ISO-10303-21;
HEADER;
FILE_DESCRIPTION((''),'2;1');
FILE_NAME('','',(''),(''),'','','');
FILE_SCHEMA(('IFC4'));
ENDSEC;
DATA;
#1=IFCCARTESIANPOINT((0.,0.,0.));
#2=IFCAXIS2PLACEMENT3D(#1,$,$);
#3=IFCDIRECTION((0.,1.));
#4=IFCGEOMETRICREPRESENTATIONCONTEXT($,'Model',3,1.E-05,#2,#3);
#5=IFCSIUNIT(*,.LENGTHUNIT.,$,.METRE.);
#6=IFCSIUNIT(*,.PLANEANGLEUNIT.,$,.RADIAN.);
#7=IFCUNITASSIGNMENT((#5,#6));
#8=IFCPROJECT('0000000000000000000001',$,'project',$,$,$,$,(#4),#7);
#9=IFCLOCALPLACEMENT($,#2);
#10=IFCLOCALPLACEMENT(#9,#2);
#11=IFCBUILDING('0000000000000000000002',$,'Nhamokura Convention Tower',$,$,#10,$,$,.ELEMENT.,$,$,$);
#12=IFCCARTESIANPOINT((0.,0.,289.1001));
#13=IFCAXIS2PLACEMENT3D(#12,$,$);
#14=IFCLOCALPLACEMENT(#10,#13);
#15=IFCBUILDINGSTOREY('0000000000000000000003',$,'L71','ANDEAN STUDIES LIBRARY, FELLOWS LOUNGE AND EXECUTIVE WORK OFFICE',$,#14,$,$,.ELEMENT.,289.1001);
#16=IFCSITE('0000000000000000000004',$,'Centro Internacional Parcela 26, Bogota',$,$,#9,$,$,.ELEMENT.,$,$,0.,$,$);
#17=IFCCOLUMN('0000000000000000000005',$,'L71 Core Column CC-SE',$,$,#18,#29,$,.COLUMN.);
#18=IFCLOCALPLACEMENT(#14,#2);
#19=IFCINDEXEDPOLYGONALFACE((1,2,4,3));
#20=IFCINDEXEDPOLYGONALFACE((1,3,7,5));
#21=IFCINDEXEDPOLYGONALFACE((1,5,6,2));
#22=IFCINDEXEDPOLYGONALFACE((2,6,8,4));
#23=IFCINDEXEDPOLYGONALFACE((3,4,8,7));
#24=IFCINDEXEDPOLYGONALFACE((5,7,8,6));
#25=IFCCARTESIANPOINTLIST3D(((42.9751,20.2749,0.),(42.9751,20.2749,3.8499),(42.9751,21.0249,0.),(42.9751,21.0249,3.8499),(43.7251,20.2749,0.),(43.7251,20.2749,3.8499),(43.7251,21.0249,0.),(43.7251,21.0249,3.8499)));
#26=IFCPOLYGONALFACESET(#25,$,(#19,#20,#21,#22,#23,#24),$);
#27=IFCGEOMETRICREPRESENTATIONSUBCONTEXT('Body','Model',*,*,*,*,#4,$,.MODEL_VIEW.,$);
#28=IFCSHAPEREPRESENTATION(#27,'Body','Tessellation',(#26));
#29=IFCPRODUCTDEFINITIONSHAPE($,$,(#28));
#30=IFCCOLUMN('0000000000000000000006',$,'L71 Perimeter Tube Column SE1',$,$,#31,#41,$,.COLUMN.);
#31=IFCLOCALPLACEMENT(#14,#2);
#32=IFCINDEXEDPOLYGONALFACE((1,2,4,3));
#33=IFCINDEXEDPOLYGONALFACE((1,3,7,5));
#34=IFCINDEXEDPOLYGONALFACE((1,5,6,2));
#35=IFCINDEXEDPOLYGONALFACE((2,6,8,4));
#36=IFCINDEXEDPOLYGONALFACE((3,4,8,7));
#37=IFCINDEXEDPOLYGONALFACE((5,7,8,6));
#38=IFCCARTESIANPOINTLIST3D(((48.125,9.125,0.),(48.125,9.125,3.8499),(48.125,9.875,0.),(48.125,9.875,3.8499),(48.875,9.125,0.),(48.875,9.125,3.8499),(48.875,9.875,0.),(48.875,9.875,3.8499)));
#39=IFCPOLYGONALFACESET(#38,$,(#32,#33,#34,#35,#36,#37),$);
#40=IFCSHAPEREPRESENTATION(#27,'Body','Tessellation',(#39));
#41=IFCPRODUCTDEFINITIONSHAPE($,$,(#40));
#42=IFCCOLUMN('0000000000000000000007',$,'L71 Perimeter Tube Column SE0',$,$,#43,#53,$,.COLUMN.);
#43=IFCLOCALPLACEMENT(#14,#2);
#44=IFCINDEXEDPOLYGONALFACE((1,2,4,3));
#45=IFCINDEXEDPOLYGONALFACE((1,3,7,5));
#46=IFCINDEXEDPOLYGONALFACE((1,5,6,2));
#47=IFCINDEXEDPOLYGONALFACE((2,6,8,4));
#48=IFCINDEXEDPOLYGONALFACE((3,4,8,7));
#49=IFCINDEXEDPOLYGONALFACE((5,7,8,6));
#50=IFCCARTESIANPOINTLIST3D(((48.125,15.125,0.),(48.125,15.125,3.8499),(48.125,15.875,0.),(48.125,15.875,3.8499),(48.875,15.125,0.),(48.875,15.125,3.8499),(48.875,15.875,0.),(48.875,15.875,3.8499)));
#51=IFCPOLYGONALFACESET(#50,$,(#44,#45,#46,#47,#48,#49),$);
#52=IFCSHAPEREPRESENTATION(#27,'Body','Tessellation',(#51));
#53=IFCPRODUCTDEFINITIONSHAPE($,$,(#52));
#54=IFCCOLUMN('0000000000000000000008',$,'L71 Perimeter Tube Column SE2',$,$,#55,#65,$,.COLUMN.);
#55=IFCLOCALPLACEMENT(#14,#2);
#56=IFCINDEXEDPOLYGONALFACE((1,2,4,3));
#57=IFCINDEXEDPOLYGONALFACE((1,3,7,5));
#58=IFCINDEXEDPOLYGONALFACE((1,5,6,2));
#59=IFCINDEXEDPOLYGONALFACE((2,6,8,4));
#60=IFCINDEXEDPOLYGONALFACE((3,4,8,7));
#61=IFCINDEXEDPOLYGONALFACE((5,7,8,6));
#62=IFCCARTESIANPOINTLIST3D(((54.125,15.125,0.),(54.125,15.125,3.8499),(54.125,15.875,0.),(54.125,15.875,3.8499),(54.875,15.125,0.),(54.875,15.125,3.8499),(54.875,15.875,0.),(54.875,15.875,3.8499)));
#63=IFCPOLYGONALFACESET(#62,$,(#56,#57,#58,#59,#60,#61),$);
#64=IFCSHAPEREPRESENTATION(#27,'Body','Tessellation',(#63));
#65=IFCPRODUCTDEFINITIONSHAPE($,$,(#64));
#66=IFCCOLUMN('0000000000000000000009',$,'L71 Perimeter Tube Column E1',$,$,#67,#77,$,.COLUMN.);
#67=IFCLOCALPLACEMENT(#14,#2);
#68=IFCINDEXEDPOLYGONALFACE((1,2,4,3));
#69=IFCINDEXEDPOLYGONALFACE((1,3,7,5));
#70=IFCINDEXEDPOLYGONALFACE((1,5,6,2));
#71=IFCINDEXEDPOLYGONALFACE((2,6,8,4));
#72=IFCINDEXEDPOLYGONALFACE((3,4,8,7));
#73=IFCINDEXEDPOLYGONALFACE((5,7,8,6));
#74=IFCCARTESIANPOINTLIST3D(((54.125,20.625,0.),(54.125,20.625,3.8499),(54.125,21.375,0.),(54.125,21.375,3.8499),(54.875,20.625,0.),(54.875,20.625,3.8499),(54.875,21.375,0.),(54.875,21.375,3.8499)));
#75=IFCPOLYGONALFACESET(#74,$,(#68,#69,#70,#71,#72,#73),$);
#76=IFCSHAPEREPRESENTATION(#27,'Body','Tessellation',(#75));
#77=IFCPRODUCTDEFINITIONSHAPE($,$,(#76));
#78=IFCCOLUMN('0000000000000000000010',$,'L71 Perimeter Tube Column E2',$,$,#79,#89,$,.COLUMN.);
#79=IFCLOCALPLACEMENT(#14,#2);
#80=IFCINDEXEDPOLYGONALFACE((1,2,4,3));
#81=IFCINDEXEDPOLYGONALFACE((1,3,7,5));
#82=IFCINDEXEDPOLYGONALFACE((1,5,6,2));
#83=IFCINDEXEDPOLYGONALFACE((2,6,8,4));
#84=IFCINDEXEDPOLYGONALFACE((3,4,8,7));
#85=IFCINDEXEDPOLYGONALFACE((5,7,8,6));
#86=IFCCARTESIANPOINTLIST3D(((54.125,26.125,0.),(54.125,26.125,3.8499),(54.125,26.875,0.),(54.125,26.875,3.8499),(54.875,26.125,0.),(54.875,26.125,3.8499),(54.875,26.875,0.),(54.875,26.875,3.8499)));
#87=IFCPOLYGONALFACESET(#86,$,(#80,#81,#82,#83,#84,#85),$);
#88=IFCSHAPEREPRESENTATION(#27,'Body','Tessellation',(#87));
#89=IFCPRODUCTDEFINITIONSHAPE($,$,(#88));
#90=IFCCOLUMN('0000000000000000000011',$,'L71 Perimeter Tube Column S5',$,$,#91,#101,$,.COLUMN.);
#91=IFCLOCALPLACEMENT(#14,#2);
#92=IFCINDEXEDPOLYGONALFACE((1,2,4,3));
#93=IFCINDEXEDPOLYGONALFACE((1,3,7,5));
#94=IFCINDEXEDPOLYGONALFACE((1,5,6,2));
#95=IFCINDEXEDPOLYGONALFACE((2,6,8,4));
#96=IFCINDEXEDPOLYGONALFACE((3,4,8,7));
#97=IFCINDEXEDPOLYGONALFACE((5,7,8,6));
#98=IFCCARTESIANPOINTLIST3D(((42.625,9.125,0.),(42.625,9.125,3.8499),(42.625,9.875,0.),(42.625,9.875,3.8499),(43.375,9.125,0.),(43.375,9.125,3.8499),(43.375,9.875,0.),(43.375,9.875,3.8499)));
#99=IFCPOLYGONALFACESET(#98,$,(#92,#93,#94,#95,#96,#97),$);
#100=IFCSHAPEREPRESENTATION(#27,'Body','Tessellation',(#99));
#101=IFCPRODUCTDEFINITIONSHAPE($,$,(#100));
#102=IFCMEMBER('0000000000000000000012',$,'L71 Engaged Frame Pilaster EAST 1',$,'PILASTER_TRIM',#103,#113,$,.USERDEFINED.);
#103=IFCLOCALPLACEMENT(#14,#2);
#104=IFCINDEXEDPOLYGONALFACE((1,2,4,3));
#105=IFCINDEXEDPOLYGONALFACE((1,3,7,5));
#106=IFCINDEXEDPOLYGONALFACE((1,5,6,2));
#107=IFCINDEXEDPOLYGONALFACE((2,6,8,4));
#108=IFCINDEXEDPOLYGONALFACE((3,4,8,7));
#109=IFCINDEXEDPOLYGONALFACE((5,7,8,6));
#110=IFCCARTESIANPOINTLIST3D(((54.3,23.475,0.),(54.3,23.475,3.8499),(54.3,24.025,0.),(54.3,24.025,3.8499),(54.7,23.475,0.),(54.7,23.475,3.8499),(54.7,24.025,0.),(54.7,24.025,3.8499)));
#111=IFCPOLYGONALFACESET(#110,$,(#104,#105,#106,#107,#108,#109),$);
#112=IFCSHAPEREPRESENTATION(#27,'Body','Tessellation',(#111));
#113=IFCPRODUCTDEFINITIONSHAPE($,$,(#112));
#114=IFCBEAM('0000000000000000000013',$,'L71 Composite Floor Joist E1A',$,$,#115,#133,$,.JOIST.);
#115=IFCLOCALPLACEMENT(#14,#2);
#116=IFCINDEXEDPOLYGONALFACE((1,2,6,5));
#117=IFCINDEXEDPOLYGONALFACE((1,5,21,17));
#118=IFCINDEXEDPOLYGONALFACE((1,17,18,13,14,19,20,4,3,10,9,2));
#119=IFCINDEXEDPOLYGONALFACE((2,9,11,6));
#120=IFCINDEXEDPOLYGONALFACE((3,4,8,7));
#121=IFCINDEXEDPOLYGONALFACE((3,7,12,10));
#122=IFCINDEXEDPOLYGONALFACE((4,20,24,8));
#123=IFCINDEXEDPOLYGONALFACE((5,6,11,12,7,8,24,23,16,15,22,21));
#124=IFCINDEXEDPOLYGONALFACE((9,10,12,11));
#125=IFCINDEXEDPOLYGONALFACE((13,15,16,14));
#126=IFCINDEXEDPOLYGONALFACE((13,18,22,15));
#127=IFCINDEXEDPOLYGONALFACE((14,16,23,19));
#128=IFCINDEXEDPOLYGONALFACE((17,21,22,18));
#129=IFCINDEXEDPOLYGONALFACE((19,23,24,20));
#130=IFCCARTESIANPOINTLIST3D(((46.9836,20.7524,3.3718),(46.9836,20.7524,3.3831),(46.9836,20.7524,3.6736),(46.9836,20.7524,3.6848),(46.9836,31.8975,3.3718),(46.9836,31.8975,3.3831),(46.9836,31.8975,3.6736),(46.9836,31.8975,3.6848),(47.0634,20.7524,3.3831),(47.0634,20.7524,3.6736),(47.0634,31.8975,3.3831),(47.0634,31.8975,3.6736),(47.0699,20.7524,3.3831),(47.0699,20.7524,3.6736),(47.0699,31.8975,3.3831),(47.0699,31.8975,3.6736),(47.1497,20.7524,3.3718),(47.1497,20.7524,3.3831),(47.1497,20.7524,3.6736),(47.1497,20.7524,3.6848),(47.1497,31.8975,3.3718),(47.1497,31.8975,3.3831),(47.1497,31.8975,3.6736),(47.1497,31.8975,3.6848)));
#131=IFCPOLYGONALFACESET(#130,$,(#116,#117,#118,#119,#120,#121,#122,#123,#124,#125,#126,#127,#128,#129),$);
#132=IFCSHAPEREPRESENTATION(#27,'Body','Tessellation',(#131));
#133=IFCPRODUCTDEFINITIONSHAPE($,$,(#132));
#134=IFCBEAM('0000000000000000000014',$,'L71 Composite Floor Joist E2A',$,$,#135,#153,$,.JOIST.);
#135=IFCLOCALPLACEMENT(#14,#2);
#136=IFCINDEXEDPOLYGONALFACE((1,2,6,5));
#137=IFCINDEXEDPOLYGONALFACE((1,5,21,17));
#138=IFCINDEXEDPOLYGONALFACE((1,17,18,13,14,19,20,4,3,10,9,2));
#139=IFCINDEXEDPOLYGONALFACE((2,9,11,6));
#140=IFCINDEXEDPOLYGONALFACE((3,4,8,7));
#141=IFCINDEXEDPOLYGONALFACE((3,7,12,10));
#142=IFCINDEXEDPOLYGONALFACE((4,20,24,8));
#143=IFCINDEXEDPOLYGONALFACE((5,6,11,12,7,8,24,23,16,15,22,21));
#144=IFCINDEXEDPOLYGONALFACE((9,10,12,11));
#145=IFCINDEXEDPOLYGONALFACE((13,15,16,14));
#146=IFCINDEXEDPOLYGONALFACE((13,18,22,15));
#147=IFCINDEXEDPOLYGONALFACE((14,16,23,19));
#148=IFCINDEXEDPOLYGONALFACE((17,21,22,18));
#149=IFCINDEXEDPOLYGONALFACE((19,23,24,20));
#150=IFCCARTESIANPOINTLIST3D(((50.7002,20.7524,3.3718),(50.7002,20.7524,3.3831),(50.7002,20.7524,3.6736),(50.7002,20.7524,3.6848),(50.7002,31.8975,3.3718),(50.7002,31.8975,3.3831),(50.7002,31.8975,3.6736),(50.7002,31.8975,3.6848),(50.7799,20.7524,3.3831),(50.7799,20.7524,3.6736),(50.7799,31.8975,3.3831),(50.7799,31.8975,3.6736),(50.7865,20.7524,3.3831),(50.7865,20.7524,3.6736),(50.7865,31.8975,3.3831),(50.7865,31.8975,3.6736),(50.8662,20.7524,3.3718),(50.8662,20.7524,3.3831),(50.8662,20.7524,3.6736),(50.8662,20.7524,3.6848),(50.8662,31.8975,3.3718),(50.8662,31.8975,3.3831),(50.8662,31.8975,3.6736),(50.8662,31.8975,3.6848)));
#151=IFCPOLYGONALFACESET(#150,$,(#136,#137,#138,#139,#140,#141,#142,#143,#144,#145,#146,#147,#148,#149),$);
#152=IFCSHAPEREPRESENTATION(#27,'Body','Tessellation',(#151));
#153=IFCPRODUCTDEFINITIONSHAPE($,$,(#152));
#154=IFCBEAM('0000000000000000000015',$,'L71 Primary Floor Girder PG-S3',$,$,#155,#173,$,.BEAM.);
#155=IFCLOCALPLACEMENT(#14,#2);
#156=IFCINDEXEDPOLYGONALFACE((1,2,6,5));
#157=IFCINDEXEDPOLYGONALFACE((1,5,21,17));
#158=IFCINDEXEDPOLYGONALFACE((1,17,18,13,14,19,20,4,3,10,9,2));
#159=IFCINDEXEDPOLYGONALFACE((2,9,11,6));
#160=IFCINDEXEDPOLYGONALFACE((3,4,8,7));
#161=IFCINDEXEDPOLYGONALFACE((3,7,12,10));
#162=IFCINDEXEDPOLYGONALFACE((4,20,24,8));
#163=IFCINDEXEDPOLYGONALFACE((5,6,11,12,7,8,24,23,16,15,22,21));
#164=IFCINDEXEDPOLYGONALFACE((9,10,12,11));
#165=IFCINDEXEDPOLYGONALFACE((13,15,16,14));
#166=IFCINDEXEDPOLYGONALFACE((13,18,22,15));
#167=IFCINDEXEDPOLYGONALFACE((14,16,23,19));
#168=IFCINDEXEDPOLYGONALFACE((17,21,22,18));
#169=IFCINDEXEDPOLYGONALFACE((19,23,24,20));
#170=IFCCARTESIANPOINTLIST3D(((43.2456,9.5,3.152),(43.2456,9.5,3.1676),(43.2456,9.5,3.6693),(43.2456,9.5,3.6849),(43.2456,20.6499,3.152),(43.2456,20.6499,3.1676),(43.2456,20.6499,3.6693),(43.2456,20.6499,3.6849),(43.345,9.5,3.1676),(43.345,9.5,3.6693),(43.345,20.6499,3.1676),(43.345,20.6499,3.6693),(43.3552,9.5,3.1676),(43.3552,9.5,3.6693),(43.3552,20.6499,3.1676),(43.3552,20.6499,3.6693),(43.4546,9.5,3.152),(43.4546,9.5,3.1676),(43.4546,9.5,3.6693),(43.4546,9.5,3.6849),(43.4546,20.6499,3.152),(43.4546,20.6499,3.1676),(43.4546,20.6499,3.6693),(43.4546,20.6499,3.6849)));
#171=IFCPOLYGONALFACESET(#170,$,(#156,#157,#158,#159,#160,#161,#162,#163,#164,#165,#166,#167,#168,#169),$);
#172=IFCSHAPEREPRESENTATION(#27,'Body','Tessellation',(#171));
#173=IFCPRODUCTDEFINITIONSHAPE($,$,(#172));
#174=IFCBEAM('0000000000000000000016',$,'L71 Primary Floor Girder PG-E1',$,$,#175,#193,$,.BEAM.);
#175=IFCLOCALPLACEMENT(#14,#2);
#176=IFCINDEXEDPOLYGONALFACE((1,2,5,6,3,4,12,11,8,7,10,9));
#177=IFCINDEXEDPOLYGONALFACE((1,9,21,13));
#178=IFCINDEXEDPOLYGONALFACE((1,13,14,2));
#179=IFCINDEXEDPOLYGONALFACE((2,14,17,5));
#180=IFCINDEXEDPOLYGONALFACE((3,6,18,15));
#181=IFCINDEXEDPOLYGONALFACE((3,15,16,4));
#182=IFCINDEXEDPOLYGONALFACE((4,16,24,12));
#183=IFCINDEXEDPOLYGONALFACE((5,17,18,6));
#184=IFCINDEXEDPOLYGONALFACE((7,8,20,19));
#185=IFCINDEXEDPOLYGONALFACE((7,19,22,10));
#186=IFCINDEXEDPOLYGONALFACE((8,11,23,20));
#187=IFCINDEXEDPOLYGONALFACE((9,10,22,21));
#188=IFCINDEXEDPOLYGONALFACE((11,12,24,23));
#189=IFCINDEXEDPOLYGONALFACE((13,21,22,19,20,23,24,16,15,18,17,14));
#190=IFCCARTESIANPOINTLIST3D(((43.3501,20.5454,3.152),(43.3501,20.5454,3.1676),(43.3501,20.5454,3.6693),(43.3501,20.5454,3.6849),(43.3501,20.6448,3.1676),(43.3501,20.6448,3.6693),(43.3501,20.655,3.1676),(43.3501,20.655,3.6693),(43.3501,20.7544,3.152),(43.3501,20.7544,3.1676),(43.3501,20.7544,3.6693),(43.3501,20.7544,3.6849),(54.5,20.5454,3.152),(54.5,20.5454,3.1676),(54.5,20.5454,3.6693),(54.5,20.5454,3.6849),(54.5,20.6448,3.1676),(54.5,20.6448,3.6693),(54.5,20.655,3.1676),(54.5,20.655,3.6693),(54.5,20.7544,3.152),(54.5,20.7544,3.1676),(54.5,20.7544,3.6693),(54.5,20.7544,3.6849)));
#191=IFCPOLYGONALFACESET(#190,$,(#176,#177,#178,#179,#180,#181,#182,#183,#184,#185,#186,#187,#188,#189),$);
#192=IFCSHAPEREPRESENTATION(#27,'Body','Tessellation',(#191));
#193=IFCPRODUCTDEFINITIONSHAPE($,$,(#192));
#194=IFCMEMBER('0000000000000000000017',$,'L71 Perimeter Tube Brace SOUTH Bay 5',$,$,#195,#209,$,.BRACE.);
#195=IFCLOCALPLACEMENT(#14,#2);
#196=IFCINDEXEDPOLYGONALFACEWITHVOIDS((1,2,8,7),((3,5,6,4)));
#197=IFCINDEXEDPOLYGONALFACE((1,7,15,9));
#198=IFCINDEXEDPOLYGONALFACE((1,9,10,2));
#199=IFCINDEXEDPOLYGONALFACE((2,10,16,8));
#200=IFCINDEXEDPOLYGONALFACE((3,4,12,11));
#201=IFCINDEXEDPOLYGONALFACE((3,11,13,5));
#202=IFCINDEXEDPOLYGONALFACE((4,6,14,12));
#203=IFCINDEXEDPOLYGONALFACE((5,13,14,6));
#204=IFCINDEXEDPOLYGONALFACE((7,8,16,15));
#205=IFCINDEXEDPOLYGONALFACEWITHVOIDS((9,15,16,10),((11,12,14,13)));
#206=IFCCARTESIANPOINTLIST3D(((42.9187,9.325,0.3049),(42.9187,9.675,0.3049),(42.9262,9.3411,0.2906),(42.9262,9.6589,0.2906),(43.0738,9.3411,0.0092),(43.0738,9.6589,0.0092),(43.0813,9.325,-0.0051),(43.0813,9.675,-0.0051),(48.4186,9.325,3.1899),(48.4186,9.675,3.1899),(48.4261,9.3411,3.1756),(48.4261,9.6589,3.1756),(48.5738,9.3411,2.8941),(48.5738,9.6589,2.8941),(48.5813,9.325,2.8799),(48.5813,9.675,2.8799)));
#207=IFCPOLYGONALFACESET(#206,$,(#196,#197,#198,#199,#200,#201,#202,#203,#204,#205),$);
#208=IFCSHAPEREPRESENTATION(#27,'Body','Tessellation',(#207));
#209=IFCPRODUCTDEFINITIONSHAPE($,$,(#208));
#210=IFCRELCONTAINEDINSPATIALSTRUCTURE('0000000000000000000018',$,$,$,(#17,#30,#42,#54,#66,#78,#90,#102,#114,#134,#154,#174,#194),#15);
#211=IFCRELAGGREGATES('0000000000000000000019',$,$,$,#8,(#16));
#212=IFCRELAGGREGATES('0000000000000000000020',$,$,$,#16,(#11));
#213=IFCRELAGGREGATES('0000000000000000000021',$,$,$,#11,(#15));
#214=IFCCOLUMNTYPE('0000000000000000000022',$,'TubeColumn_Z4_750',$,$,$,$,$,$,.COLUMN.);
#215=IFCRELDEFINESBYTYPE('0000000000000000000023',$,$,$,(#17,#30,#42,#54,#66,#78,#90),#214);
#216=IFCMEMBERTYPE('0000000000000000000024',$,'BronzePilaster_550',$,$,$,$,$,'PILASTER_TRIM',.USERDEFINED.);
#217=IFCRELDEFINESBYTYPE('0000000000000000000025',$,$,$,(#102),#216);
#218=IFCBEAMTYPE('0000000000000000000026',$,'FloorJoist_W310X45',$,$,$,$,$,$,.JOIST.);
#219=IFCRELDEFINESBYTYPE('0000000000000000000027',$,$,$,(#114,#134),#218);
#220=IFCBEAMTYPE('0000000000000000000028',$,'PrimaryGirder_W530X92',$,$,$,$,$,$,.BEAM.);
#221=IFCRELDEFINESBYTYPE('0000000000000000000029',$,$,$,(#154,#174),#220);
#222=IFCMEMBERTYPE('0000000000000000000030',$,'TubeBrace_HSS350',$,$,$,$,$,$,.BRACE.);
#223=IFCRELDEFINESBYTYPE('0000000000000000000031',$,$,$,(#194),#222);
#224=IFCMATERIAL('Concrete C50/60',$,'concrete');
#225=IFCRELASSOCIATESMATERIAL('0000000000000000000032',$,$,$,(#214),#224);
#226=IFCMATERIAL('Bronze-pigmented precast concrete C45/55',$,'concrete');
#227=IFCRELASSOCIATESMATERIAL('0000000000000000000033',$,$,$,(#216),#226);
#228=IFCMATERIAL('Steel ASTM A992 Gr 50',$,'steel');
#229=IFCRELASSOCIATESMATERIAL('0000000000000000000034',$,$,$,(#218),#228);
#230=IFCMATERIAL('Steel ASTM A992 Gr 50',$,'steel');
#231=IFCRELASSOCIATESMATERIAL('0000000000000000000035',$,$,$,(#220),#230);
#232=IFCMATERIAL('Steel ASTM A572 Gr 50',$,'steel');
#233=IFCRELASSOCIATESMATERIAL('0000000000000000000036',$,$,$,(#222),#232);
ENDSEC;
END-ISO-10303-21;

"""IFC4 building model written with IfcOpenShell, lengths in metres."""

from ifc_helpers import new_model, si_unit, direction, frame, origin, origin_2d, place, context, subcontext, project, spatial, rectangle, hollow_rectangle, i_section, extrude, material, material_profile, profile_set, type_object, element, save


model = new_model("IFC4")

# Units and contexts
model_context = context("Model", 3, precision=1e-05, world=origin(), true_north=direction((0.0, 1.0)))
body_context = subcontext(model_context, "Body", "Model", "MODEL_VIEW")
ifc_project = project(units=[si_unit("LENGTHUNIT", "METRE"), si_unit("PLANEANGLEUNIT", "RADIAN")], contexts=[model_context])

# Site, building, storey
site_placement = place(None, origin())
site = spatial("IfcSite", under=ifc_project, at=site_placement, Name="Centro Internacional Parcela 26, Bogota", CompositionType="ELEMENT", RefElevation=0.0)
building_placement = place(site_placement, origin())
building = spatial("IfcBuilding", under=site, at=building_placement, Name="Nhamokura Convention Tower", CompositionType="ELEMENT")
storey_placement = place(building_placement, frame((0.0, 0.0, 289.1001)))
storey = spatial("IfcBuildingStorey", under=building, at=storey_placement, Name="L71", Description="ANDEAN STUDIES LIBRARY, FELLOWS LOUNGE AND EXECUTIVE WORK OFFICE", CompositionType="ELEMENT", Elevation=289.1001)

# Columns
ifc_material_1 = material(Name="Concrete C50/60", Category="concrete")
ifc_material_profile_1 = material_profile(ifc_material_1, rectangle(XDim=0.75, YDim=0.75, at=origin_2d()))
ifc_profile_set_1 = profile_set([ifc_material_profile_1], Name="Concrete C50/60")
column_type = type_object("IfcColumnType", Name="TubeColumn_Z4_750", PredefinedType="COLUMN", material=ifc_profile_set_1)
for number, where, z_axis, x_axis, name in (
    (1, (43.3501, 20.6499, 0.0), (0.0, 0.0, 1.0), (1.0, 0.0, 0.0), "L71 Core Column CC-SE"),
    (2, (48.5, 9.5, 0.0), (0.0, 0.0, 1.0), (1.0, 0.0, 0.0), "L71 Perimeter Tube Column SE1"),
    (3, (48.5, 15.5, 0.0), (0.0, 0.0, 1.0), (1.0, 0.0, 0.0), "L71 Perimeter Tube Column SE0"),
    (4, (54.5, 15.5, 0.0), (0.0, 0.0, 1.0), (1.0, 0.0, 0.0), "L71 Perimeter Tube Column SE2"),
    (5, (54.5, 21.0, 0.0), (0.0, 0.0, 1.0), (1.0, 0.0, 0.0), "L71 Perimeter Tube Column E1"),
    (6, (54.5, 26.5, 0.0), (0.0, 0.0, 1.0), (1.0, 0.0, 0.0), "L71 Perimeter Tube Column E2"),
    (7, (43.0, 9.5, 0.0), (0.0, 0.0, 1.0), (1.0, 0.0, 0.0), "L71 Perimeter Tube Column S5"),
):
    element("IfcColumn", number, at=place(storey_placement, frame(where, z_axis=z_axis, x_axis=x_axis)), inside=storey, type_object=column_type, Name=name, PredefinedType="COLUMN", context=body_context, shape_type="SweptSolid", body=[
        extrude(rectangle(XDim=0.75, YDim=0.75, at=origin_2d()), origin(), (0.0, 0.0, 1.0), 3.8499),
    ])

# Member
ifc_material_2 = material(Name="Bronze-pigmented precast concrete C45/55", Category="concrete")
ifc_material_profile_2 = material_profile(ifc_material_2, rectangle(XDim=0.3999, YDim=0.55, at=origin_2d()))
ifc_profile_set_2 = profile_set([ifc_material_profile_2], Name="Bronze-pigmented precast concrete C45/55")
member_type_1 = type_object("IfcMemberType", Name="BronzePilaster_550", ElementType="PILASTER_TRIM", PredefinedType="USERDEFINED", material=ifc_profile_set_2)
member_placement = place(storey_placement, frame((54.5, 23.75, 0.0), z_axis=(0.0, 0.0, 1.0), x_axis=(1.0, 0.0, 0.0)))
element("IfcMember", 8, at=member_placement, inside=storey, type_object=member_type_1, Name="L71 Engaged Frame Pilaster EAST 1", ObjectType="PILASTER_TRIM", PredefinedType="USERDEFINED", context=body_context, shape_type="SweptSolid", body=[
    extrude(rectangle(XDim=0.3999, YDim=0.55, at=origin_2d()), origin(), (0.0, 0.0, 1.0), 3.8499),
])

# Beams
ifc_material_3 = material(Name="Steel ASTM A992 Gr 50", Category="steel")
ifc_material_profile_3 = material_profile(ifc_material_3, i_section(OverallWidth=0.166, OverallDepth=0.313, WebThickness=0.0066, FlangeThickness=0.0112, at=origin_2d()))
ifc_profile_set_3 = profile_set([ifc_material_profile_3], Name="Steel ASTM A992 Gr 50")
beam_type_1 = type_object("IfcBeamType", Name="FloorJoist_W310X45", PredefinedType="JOIST", material=ifc_profile_set_3)
for number, where, z_axis, x_axis, name in (
    (9, (47.0667, 20.7524, 3.5283), (0.0, 1.0, 0.0), (-1.0, 0.0, 0.0), "L71 Composite Floor Joist E1A"),
    (10, (50.7832, 20.7524, 3.5283), (0.0, 1.0, 0.0), (-1.0, 0.0, 0.0), "L71 Composite Floor Joist E2A"),
):
    element("IfcBeam", number, at=place(storey_placement, frame(where, z_axis=z_axis, x_axis=x_axis)), inside=storey, type_object=beam_type_1, Name=name, PredefinedType="JOIST", context=body_context, shape_type="SweptSolid", body=[
        extrude(i_section(OverallWidth=0.166, OverallDepth=0.313, WebThickness=0.0066, FlangeThickness=0.0112, at=origin_2d()), origin(), (0.0, 0.0, 1.0), 11.145),
    ])
ifc_material_4 = material(Name="Steel ASTM A992 Gr 50", Category="steel")
ifc_material_profile_4 = material_profile(ifc_material_4, i_section(OverallWidth=0.209, OverallDepth=0.533, WebThickness=0.0103, FlangeThickness=0.0156, at=origin_2d()))
ifc_profile_set_4 = profile_set([ifc_material_profile_4], Name="Steel ASTM A992 Gr 50")
beam_type_2 = type_object("IfcBeamType", Name="PrimaryGirder_W530X92", PredefinedType="BEAM", material=ifc_profile_set_4)
for number, where, z_axis, x_axis, name in (
    (11, (43.3501, 9.5, 3.4185), (0.0, 1.0, 0.0), (-1.0, 0.0, 0.0), "L71 Primary Floor Girder PG-S3"),
    (12, (43.3501, 20.6499, 3.4185), (1.0, 0.0, 0.0), (0.0, 1.0, 0.0), "L71 Primary Floor Girder PG-E1"),
):
    element("IfcBeam", number, at=place(storey_placement, frame(where, z_axis=z_axis, x_axis=x_axis)), inside=storey, type_object=beam_type_2, Name=name, PredefinedType="BEAM", context=body_context, shape_type="SweptSolid", body=[
        extrude(i_section(OverallWidth=0.209, OverallDepth=0.533, WebThickness=0.0103, FlangeThickness=0.0156, at=origin_2d()), origin(), (0.0, 0.0, 1.0), 11.1499),
    ])

# Member
ifc_material_5 = material(Name="Steel ASTM A572 Gr 50", Category="steel")
ifc_material_profile_5 = material_profile(ifc_material_5, hollow_rectangle(XDim=0.3501, YDim=0.3501, WallThickness=0.0161, at=origin_2d()))
ifc_profile_set_5 = profile_set([ifc_material_profile_5], Name="Steel ASTM A572 Gr 50")
member_type_2 = type_object("IfcMemberType", Name="TubeBrace_HSS350", PredefinedType="BRACE", material=ifc_profile_set_5)
for number, where, z_axis, x_axis, name in (
    (13, (43.0, 9.5, 0.1499), (0.885563, 0.0, 0.46452), (0.0, 1.0, 0.0), "L71 Perimeter Tube Brace SOUTH Bay 5"),
):
    element("IfcMember", number, at=place(storey_placement, frame(where, z_axis=z_axis, x_axis=x_axis)), inside=storey, type_object=member_type_2, Name=name, PredefinedType="BRACE", context=body_context, shape_type="SweptSolid", body=[
        extrude(hollow_rectangle(XDim=0.3501, YDim=0.3501, WallThickness=0.0161, at=origin_2d()), origin(), (0.0, 0.0, 1.0), 6.2107),
    ])

save(model, "model.ifc")
